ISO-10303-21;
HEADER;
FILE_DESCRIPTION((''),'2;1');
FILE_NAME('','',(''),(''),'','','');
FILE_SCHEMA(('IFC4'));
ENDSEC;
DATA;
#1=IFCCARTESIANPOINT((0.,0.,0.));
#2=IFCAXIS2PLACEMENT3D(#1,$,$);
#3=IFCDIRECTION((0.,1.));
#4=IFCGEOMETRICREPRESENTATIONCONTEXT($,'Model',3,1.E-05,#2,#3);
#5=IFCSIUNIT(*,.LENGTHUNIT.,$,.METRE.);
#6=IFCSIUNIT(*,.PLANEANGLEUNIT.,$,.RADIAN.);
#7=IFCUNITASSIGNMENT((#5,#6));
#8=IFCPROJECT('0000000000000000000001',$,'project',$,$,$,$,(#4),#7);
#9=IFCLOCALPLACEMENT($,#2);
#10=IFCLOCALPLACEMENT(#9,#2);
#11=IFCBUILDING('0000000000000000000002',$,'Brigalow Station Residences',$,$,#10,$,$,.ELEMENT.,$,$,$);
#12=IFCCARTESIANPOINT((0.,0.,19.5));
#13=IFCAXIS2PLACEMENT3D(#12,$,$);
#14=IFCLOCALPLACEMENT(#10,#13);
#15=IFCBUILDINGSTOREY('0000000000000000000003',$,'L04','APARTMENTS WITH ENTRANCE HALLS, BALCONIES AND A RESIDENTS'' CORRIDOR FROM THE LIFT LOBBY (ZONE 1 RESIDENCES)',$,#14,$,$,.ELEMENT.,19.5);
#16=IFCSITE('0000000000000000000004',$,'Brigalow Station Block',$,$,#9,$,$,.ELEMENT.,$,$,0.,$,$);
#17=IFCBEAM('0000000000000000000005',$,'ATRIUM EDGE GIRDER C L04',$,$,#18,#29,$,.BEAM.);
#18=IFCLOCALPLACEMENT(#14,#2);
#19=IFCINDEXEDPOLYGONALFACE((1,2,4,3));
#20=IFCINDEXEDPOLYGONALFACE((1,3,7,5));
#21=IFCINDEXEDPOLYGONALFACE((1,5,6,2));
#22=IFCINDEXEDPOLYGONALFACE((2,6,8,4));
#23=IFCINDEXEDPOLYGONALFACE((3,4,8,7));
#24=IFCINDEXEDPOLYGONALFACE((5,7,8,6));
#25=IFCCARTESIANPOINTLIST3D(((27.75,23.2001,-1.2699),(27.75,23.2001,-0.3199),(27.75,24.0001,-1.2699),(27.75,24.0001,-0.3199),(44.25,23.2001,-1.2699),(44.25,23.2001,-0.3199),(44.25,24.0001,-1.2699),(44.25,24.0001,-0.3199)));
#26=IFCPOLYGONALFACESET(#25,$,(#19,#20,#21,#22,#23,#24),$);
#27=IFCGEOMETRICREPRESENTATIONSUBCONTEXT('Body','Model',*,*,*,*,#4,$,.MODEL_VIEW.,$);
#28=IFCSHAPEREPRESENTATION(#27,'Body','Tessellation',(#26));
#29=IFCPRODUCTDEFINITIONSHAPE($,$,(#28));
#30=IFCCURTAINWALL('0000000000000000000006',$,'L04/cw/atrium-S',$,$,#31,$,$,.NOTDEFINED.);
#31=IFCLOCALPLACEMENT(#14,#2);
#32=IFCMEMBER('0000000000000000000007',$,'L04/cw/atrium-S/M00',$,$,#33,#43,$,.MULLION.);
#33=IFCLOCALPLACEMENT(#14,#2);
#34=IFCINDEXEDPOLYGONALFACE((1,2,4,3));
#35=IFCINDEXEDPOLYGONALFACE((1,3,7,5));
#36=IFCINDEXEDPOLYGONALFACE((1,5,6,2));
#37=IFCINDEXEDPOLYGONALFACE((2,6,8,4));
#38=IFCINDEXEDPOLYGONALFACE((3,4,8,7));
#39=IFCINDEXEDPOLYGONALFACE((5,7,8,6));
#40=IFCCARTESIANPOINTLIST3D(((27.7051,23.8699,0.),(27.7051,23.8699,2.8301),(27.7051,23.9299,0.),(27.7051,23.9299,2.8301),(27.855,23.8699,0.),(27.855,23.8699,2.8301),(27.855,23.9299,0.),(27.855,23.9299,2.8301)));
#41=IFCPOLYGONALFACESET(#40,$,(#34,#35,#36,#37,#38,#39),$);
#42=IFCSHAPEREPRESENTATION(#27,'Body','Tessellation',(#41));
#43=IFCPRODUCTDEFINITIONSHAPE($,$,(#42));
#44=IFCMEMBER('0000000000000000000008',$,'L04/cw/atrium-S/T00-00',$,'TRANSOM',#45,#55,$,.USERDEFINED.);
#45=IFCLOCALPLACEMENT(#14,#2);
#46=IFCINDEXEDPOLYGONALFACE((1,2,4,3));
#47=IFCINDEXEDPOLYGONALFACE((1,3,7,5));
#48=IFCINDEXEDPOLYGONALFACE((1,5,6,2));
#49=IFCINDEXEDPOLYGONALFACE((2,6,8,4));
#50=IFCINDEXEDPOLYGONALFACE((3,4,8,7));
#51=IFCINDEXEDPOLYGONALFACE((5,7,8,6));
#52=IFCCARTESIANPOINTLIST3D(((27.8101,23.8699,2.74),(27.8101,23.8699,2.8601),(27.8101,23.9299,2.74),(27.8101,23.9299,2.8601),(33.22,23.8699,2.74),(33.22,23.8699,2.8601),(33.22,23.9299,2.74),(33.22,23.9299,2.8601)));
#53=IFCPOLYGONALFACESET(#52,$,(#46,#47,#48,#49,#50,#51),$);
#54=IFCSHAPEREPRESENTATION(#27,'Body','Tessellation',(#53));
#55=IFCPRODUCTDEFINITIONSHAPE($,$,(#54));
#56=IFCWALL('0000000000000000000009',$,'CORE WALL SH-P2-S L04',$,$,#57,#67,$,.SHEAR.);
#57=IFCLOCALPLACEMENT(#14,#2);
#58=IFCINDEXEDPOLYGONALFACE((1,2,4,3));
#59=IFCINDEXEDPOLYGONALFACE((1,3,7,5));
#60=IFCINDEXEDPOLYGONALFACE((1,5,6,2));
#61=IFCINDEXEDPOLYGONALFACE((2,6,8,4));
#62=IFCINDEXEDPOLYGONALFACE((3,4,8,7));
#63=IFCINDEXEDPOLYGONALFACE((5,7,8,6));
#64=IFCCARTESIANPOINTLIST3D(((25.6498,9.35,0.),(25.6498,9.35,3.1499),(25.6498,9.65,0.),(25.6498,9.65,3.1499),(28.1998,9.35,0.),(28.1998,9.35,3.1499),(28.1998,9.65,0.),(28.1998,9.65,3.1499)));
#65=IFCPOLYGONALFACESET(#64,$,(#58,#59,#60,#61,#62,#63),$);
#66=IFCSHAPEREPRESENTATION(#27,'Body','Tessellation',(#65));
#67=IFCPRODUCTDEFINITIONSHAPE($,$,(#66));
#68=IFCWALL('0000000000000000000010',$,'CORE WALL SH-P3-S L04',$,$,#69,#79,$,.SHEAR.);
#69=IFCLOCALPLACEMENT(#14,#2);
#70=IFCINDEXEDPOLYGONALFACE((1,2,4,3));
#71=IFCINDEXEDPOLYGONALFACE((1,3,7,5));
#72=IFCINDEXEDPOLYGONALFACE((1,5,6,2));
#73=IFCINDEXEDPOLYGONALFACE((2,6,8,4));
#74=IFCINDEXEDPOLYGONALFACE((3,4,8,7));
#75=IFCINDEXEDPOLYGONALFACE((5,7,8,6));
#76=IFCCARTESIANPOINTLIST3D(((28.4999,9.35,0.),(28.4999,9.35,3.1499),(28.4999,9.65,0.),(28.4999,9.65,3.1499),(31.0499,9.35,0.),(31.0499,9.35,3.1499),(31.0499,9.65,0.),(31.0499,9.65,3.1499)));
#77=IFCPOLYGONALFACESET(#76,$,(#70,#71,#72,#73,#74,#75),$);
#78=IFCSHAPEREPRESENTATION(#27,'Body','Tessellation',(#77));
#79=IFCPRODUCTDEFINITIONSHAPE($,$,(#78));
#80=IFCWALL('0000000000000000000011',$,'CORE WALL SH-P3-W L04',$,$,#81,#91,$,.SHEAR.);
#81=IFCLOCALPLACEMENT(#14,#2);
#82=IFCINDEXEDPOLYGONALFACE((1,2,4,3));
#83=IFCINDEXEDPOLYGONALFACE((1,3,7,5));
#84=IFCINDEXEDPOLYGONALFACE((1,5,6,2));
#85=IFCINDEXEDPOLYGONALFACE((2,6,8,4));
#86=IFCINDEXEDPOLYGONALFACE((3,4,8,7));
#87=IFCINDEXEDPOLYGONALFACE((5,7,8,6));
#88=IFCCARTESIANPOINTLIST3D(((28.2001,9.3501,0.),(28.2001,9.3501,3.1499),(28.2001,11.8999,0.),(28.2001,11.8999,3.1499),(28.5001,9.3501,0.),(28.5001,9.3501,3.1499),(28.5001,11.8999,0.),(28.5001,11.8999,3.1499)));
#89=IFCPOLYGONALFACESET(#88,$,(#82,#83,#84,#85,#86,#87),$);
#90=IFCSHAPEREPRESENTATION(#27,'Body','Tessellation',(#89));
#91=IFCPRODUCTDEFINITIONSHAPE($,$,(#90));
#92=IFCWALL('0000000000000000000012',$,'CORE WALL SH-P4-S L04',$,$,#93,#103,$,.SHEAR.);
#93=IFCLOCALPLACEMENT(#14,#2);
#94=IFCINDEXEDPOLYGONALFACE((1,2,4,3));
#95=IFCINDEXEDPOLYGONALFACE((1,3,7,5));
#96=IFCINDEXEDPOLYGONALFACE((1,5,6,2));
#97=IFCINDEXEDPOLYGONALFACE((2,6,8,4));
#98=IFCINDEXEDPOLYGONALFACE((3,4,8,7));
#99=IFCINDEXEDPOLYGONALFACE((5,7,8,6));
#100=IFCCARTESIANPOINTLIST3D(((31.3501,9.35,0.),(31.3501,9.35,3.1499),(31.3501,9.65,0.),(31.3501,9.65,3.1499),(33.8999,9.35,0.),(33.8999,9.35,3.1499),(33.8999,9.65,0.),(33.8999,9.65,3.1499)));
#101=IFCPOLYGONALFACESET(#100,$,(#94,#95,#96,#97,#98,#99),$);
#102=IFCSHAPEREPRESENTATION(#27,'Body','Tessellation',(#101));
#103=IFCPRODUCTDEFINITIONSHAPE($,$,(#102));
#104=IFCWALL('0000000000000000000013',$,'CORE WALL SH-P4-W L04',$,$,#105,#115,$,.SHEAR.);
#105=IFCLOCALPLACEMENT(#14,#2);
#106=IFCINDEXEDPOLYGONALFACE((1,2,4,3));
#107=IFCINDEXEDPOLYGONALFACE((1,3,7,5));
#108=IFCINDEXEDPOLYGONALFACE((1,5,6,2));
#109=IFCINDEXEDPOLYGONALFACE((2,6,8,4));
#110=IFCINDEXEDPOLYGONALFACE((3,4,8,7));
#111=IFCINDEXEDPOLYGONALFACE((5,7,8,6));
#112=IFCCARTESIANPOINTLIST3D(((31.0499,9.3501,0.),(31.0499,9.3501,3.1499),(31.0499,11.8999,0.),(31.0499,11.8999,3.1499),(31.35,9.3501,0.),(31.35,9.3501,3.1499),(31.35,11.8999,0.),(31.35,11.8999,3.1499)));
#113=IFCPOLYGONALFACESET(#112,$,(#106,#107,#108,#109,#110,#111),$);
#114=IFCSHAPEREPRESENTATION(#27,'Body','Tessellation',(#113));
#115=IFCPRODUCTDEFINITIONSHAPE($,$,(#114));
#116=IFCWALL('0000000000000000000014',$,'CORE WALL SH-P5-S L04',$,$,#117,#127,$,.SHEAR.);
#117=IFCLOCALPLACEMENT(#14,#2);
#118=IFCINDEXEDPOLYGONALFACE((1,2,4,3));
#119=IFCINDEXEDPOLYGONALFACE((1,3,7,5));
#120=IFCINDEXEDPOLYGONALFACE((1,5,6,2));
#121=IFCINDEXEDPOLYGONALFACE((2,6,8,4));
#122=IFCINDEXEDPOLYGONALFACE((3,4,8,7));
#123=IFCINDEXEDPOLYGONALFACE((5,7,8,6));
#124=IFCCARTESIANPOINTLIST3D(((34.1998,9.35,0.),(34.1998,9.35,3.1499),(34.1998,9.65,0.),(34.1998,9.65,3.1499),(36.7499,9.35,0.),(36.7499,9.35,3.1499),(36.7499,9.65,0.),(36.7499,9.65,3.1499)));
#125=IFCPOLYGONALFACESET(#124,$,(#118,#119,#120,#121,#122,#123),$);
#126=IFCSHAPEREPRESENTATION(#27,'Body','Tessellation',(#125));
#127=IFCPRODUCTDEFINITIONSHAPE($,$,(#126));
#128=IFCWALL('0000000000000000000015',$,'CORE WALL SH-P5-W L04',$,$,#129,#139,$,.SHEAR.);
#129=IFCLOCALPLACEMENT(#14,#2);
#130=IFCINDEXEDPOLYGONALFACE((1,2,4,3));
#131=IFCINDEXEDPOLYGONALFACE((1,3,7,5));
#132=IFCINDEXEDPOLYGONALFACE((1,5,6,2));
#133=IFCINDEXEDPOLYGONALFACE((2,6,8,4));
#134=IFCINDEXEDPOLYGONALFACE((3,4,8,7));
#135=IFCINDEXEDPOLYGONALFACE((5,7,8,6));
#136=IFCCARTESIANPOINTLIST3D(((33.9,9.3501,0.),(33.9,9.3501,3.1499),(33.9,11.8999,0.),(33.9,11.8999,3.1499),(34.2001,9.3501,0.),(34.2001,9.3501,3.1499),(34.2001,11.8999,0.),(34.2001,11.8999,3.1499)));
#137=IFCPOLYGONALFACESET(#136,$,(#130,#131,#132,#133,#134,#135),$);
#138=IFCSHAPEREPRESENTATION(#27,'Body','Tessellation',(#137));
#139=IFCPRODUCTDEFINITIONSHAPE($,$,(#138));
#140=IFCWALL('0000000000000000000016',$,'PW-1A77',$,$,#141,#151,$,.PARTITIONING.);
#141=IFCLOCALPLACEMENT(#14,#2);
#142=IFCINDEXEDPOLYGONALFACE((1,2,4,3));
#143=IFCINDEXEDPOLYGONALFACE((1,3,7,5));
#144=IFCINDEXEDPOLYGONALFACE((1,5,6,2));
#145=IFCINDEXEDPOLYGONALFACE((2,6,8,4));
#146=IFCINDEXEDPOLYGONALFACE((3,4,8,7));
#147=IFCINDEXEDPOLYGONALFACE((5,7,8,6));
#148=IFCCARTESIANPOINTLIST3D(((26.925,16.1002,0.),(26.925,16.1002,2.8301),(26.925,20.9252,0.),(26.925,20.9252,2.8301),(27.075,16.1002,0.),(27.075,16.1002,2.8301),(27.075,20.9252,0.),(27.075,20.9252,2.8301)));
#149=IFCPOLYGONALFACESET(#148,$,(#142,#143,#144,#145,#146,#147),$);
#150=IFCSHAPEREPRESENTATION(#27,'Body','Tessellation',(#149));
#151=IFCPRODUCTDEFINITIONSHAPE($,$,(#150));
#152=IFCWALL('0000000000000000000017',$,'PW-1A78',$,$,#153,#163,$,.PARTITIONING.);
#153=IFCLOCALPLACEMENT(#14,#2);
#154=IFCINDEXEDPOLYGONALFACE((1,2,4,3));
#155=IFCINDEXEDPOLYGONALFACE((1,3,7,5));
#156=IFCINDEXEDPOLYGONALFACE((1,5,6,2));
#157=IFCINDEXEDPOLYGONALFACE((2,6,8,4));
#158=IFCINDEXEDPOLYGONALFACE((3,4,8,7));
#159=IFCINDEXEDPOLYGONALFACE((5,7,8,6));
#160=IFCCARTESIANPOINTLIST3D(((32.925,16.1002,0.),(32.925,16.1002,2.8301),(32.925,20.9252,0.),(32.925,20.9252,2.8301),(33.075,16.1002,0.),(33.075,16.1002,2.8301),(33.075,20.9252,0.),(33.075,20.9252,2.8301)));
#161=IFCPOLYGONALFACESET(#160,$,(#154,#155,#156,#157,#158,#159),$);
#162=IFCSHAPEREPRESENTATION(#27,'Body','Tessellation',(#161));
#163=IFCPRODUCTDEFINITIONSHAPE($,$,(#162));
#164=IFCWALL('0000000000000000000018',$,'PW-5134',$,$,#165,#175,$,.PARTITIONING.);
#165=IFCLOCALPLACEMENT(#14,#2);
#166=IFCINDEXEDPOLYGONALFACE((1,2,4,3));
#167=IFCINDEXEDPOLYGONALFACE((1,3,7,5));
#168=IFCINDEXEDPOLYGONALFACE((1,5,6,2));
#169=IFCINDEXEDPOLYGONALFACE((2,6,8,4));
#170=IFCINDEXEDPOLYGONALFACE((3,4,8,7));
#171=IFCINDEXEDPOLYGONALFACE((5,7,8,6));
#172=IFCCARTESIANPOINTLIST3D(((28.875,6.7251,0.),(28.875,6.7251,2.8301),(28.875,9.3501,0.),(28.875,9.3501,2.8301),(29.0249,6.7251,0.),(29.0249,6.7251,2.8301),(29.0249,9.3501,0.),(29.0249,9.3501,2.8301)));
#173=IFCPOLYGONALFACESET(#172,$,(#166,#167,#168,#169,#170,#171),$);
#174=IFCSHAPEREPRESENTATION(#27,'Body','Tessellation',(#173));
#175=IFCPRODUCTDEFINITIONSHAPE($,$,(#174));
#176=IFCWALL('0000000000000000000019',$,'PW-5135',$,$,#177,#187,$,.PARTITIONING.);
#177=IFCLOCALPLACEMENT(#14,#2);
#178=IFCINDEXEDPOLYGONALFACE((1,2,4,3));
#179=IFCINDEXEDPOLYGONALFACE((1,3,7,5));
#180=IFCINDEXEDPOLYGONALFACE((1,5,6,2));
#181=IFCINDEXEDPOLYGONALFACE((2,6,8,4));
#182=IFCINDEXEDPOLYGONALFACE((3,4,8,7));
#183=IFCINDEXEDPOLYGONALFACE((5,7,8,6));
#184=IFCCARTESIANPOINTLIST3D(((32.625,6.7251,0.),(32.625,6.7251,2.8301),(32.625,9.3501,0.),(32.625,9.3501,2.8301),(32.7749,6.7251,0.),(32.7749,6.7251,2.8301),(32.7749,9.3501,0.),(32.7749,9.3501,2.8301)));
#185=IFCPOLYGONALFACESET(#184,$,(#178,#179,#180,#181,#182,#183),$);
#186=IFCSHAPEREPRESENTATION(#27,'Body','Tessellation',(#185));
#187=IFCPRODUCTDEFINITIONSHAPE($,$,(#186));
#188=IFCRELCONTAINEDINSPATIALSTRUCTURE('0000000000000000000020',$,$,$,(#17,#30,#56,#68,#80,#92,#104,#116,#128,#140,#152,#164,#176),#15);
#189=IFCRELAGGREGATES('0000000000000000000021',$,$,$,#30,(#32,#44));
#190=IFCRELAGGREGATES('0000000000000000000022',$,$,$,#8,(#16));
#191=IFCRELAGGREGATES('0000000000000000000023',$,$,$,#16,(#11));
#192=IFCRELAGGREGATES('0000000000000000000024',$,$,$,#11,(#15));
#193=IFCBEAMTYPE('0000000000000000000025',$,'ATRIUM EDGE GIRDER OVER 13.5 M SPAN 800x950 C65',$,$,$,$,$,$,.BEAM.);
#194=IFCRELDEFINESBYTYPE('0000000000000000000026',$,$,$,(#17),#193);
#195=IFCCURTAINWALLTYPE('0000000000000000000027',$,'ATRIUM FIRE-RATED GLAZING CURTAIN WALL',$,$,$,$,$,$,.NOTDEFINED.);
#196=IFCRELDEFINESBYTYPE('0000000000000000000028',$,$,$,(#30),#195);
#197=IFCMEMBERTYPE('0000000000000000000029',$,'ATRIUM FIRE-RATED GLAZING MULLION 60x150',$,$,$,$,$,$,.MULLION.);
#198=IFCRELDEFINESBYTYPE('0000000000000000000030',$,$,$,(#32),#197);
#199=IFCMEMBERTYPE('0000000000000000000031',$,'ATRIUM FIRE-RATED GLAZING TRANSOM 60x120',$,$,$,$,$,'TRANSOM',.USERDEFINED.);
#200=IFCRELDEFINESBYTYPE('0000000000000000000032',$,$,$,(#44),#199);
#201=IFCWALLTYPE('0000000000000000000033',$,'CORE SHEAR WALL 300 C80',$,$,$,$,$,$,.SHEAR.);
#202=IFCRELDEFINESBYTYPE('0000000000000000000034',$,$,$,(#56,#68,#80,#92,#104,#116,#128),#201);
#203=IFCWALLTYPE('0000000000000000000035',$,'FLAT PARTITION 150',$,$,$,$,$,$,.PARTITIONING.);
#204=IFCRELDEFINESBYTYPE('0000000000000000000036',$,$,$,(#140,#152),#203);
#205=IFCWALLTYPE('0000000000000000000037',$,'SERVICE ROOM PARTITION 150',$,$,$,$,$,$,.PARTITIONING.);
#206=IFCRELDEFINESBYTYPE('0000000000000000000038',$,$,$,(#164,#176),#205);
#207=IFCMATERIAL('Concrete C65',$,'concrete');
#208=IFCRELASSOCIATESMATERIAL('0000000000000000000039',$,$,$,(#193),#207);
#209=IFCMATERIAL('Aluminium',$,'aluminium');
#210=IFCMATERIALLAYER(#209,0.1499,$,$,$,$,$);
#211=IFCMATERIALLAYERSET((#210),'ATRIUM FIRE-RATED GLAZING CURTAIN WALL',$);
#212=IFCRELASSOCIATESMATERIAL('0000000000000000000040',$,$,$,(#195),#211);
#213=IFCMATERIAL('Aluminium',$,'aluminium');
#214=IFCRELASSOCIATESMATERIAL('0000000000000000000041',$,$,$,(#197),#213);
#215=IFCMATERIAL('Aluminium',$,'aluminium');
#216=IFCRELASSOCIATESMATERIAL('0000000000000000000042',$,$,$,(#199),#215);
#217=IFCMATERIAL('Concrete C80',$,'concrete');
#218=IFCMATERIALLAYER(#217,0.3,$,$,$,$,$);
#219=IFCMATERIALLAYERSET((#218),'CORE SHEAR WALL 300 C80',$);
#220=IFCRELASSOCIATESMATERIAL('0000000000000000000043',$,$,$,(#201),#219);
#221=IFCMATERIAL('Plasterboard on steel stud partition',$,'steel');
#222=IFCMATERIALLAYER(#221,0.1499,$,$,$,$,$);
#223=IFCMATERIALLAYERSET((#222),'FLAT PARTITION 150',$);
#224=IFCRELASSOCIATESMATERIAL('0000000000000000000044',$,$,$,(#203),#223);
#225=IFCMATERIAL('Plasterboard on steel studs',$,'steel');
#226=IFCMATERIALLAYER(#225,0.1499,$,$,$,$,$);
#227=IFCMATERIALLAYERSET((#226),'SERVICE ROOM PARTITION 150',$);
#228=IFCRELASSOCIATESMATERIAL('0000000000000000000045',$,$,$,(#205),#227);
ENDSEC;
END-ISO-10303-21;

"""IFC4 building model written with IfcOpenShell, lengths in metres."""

from ifc_helpers import new_model, si_unit, direction, frame, frame_2d, origin, origin_2d, place, context, subcontext, project, spatial, rectangle, extrude, material, layer, layer_set, material_profile, profile_set, type_object, element, aggregate, save


model = new_model("IFC4")

# Units and contexts
model_context = context("Model", 3, precision=1e-05, world=origin(), true_north=direction((0.0, 1.0)))
body_context = subcontext(model_context, "Body", "Model", "MODEL_VIEW")
ifc_project = project(units=[si_unit("LENGTHUNIT", "METRE"), si_unit("PLANEANGLEUNIT", "RADIAN")], contexts=[model_context])

# Site, building, storey
site_placement = place(None, origin())
site = spatial("IfcSite", under=ifc_project, at=site_placement, Name="Brigalow Station Block", CompositionType="ELEMENT", RefElevation=0.0)
building_placement = place(site_placement, origin())
building = spatial("IfcBuilding", under=site, at=building_placement, Name="Brigalow Station Residences", CompositionType="ELEMENT")
storey_placement = place(building_placement, frame((0.0, 0.0, 19.5)))
storey = spatial("IfcBuildingStorey", under=building, at=storey_placement, Name="L04", Description="APARTMENTS WITH ENTRANCE HALLS, BALCONIES AND A RESIDENTS' CORRIDOR FROM THE LIFT LOBBY (ZONE 1 RESIDENCES)", CompositionType="ELEMENT", Elevation=19.5)

# Beam
ifc_material_1 = material(Name="Concrete C65", Category="concrete")
ifc_material_profile_1 = material_profile(ifc_material_1, rectangle(XDim=0.8, YDim=0.95, at=origin_2d()), Name="RC800x950")
ifc_profile_set_1 = profile_set([ifc_material_profile_1], Name="Concrete C65")
beam_type = type_object("IfcBeamType", Name="ATRIUM EDGE GIRDER OVER 13.5 M SPAN 800x950 C65", PredefinedType="BEAM", material=ifc_profile_set_1)
beam_placement = place(storey_placement, frame((27.75, 23.6001, -0.7949), z_axis=(1.0, 0.0, 0.0), x_axis=(0.0, 1.0, 0.0)))
element("IfcBeam", 1, at=beam_placement, inside=storey, type_object=beam_type, Name="ATRIUM EDGE GIRDER C L04", PredefinedType="BEAM", context=body_context, shape_type="SweptSolid", body=[
    extrude(rectangle(XDim=0.8, YDim=0.95, at=origin_2d()), origin(), (0.0, 0.0, 1.0), 16.5),
])

# Curtain wall, members
ifc_material_2 = material(Name="Aluminium", Category="aluminium")
ifc_layer_1 = layer(ifc_material_2, 0.1499)
ifc_layer_set_1 = layer_set([ifc_layer_1], Name="ATRIUM FIRE-RATED GLAZING CURTAIN WALL")
curtain_wall_type = type_object("IfcCurtainWallType", Name="ATRIUM FIRE-RATED GLAZING CURTAIN WALL", PredefinedType="NOTDEFINED", material=ifc_layer_set_1)
curtain_wall_placement = place(storey_placement, origin())
curtain_wall = element("IfcCurtainWall", 2, at=curtain_wall_placement, inside=storey, type_object=curtain_wall_type, Name="L04/cw/atrium-S", PredefinedType="NOTDEFINED")
ifc_material_3 = material(Name="Aluminium", Category="aluminium")
ifc_material_profile_2 = material_profile(ifc_material_3, rectangle(XDim=0.0601, YDim=0.1499, at=origin_2d()), Name="ATRIUM FIRE-RATED GLAZING MULLION 60x150")
ifc_profile_set_2 = profile_set([ifc_material_profile_2], Name="Aluminium")
member_type_1 = type_object("IfcMemberType", Name="ATRIUM FIRE-RATED GLAZING MULLION 60x150", PredefinedType="MULLION", material=ifc_profile_set_2)
member_1_placement = place(storey_placement, frame((27.78, 23.8999, 0.0), z_axis=(0.0, 0.0, 1.0), x_axis=(0.0, 1.0, 0.0)))
member_1 = element("IfcMember", 3, at=member_1_placement, type_object=member_type_1, Name="L04/cw/atrium-S/M00", PredefinedType="MULLION", context=body_context, shape_type="SweptSolid", body=[
    extrude(rectangle(XDim=0.0601, YDim=0.1499, at=origin_2d()), origin(), (0.0, 0.0, 1.0), 2.8301),
])
ifc_material_4 = material(Name="Aluminium", Category="aluminium")
ifc_material_profile_3 = material_profile(ifc_material_4, rectangle(XDim=0.0601, YDim=0.1201, at=origin_2d()), Name="ATRIUM FIRE-RATED GLAZING TRANSOM 60x120")
ifc_profile_set_3 = profile_set([ifc_material_profile_3], Name="Aluminium")
member_type_2 = type_object("IfcMemberType", Name="ATRIUM FIRE-RATED GLAZING TRANSOM 60x120", ElementType="TRANSOM", PredefinedType="USERDEFINED", material=ifc_profile_set_3)
member_2_placement = place(storey_placement, frame((27.8101, 23.8999, 2.8), z_axis=(1.0, 0.0, 0.0), x_axis=(0.0, 1.0, 0.0)))
member_2 = element("IfcMember", 4, at=member_2_placement, type_object=member_type_2, Name="L04/cw/atrium-S/T00-00", ObjectType="TRANSOM", PredefinedType="USERDEFINED", context=body_context, shape_type="SweptSolid", body=[
    extrude(rectangle(XDim=0.0601, YDim=0.1201, at=origin_2d()), origin(), (0.0, 0.0, 1.0), 5.4099),
])
aggregate(curtain_wall, [member_1, member_2])

# Walls
ifc_material_5 = material(Name="Concrete C80", Category="concrete")
ifc_layer_2 = layer(ifc_material_5, 0.3)
ifc_layer_set_2 = layer_set([ifc_layer_2], Name="CORE SHEAR WALL 300 C80")
wall_type_1 = type_object("IfcWallType", Name="CORE SHEAR WALL 300 C80", PredefinedType="SHEAR", material=ifc_layer_set_2)
for number, where, z_axis, x_axis, name in (
    (5, (25.6499, 9.5, 0.0), (0.0, 0.0, 1.0), (1.0, 0.0, 0.0), "CORE WALL SH-P2-S L04"),
    (6, (28.5, 9.5, 0.0), (0.0, 0.0, 1.0), (1.0, 0.0, 0.0), "CORE WALL SH-P3-S L04"),
):
    element("IfcWall", number, at=place(storey_placement, frame(where, z_axis=z_axis, x_axis=x_axis)), inside=storey, type_object=wall_type_1, Name=name, PredefinedType="SHEAR", context=body_context, shape_type="SweptSolid", body=[
        extrude(rectangle(XDim=2.55, YDim=0.3, at=frame_2d((1.2749, 0.0))), origin(), (0.0, 0.0, 1.0), 3.1499),
    ])
for number, where, z_axis, x_axis, name in (
    (7, (28.3501, 9.3501, 0.0), (0.0, 0.0, 1.0), (0.0, 1.0, 0.0), "CORE WALL SH-P3-W L04"),
    (8, (31.3501, 9.5, 0.0), (0.0, 0.0, 1.0), (1.0, 0.0, 0.0), "CORE WALL SH-P4-S L04"),
    (9, (31.2, 9.3501, 0.0), (0.0, 0.0, 1.0), (0.0, 1.0, 0.0), "CORE WALL SH-P4-W L04"),
):
    element("IfcWall", number, at=place(storey_placement, frame(where, z_axis=z_axis, x_axis=x_axis)), inside=storey, type_object=wall_type_1, Name=name, PredefinedType="SHEAR", context=body_context, shape_type="SweptSolid", body=[
        extrude(rectangle(XDim=2.5498, YDim=0.3, at=frame_2d((1.2749, 0.0))), origin(), (0.0, 0.0, 1.0), 3.1499),
    ])
wall_1_placement = place(storey_placement, frame((34.2, 9.5, 0.0), z_axis=(0.0, 0.0, 1.0), x_axis=(1.0, 0.0, 0.0)))
element("IfcWall", 10, at=wall_1_placement, inside=storey, type_object=wall_type_1, Name="CORE WALL SH-P5-S L04", PredefinedType="SHEAR", context=body_context, shape_type="SweptSolid", body=[
    extrude(rectangle(XDim=2.55, YDim=0.3, at=frame_2d((1.2749, 0.0))), origin(), (0.0, 0.0, 1.0), 3.1499),
])
wall_2_placement = place(storey_placement, frame((34.05, 9.3501, 0.0), z_axis=(0.0, 0.0, 1.0), x_axis=(0.0, 1.0, 0.0)))
element("IfcWall", 11, at=wall_2_placement, inside=storey, type_object=wall_type_1, Name="CORE WALL SH-P5-W L04", PredefinedType="SHEAR", context=body_context, shape_type="SweptSolid", body=[
    extrude(rectangle(XDim=2.5498, YDim=0.3, at=frame_2d((1.2749, 0.0))), origin(), (0.0, 0.0, 1.0), 3.1499),
])
ifc_material_6 = material(Name="Plasterboard on steel stud partition", Category="steel")
ifc_layer_3 = layer(ifc_material_6, 0.1499)
ifc_layer_set_3 = layer_set([ifc_layer_3], Name="FLAT PARTITION 150")
wall_type_2 = type_object("IfcWallType", Name="FLAT PARTITION 150", PredefinedType="PARTITIONING", material=ifc_layer_set_3)
for number, where, z_axis, x_axis, name in (
    (12, (27.0, 16.1001, 0.0), (0.0, 0.0, 1.0), (0.0, 1.0, 0.0), "PW-1A77"),
    (13, (33.0, 16.1001, 0.0), (0.0, 0.0, 1.0), (0.0, 1.0, 0.0), "PW-1A78"),
):
    element("IfcWall", number, at=place(storey_placement, frame(where, z_axis=z_axis, x_axis=x_axis)), inside=storey, type_object=wall_type_2, Name=name, PredefinedType="PARTITIONING", context=body_context, shape_type="SweptSolid", body=[
        extrude(rectangle(XDim=4.825, YDim=0.1499, at=frame_2d((2.4126, 0.0))), origin(), (0.0, 0.0, 1.0), 2.8301),
    ])
ifc_material_7 = material(Name="Plasterboard on steel studs", Category="steel")
ifc_layer_4 = layer(ifc_material_7, 0.1499)
ifc_layer_set_4 = layer_set([ifc_layer_4], Name="SERVICE ROOM PARTITION 150")
wall_type_3 = type_object("IfcWallType", Name="SERVICE ROOM PARTITION 150", PredefinedType="PARTITIONING", material=ifc_layer_set_4)
for number, where, z_axis, x_axis, name in (
    (14, (28.95, 6.7251, 0.0), (0.0, 0.0, 1.0), (0.0, 1.0, 0.0), "PW-5134"),
    (15, (32.7, 6.7251, 0.0), (0.0, 0.0, 1.0), (0.0, 1.0, 0.0), "PW-5135"),
):
    element("IfcWall", number, at=place(storey_placement, frame(where, z_axis=z_axis, x_axis=x_axis)), inside=storey, type_object=wall_type_3, Name=name, PredefinedType="PARTITIONING", context=body_context, shape_type="SweptSolid", body=[
        extrude(rectangle(XDim=2.625, YDim=0.1499, at=frame_2d((1.3125, 0.0))), origin(), (0.0, 0.0, 1.0), 2.8301),
    ])

save(model, "model.ifc")
